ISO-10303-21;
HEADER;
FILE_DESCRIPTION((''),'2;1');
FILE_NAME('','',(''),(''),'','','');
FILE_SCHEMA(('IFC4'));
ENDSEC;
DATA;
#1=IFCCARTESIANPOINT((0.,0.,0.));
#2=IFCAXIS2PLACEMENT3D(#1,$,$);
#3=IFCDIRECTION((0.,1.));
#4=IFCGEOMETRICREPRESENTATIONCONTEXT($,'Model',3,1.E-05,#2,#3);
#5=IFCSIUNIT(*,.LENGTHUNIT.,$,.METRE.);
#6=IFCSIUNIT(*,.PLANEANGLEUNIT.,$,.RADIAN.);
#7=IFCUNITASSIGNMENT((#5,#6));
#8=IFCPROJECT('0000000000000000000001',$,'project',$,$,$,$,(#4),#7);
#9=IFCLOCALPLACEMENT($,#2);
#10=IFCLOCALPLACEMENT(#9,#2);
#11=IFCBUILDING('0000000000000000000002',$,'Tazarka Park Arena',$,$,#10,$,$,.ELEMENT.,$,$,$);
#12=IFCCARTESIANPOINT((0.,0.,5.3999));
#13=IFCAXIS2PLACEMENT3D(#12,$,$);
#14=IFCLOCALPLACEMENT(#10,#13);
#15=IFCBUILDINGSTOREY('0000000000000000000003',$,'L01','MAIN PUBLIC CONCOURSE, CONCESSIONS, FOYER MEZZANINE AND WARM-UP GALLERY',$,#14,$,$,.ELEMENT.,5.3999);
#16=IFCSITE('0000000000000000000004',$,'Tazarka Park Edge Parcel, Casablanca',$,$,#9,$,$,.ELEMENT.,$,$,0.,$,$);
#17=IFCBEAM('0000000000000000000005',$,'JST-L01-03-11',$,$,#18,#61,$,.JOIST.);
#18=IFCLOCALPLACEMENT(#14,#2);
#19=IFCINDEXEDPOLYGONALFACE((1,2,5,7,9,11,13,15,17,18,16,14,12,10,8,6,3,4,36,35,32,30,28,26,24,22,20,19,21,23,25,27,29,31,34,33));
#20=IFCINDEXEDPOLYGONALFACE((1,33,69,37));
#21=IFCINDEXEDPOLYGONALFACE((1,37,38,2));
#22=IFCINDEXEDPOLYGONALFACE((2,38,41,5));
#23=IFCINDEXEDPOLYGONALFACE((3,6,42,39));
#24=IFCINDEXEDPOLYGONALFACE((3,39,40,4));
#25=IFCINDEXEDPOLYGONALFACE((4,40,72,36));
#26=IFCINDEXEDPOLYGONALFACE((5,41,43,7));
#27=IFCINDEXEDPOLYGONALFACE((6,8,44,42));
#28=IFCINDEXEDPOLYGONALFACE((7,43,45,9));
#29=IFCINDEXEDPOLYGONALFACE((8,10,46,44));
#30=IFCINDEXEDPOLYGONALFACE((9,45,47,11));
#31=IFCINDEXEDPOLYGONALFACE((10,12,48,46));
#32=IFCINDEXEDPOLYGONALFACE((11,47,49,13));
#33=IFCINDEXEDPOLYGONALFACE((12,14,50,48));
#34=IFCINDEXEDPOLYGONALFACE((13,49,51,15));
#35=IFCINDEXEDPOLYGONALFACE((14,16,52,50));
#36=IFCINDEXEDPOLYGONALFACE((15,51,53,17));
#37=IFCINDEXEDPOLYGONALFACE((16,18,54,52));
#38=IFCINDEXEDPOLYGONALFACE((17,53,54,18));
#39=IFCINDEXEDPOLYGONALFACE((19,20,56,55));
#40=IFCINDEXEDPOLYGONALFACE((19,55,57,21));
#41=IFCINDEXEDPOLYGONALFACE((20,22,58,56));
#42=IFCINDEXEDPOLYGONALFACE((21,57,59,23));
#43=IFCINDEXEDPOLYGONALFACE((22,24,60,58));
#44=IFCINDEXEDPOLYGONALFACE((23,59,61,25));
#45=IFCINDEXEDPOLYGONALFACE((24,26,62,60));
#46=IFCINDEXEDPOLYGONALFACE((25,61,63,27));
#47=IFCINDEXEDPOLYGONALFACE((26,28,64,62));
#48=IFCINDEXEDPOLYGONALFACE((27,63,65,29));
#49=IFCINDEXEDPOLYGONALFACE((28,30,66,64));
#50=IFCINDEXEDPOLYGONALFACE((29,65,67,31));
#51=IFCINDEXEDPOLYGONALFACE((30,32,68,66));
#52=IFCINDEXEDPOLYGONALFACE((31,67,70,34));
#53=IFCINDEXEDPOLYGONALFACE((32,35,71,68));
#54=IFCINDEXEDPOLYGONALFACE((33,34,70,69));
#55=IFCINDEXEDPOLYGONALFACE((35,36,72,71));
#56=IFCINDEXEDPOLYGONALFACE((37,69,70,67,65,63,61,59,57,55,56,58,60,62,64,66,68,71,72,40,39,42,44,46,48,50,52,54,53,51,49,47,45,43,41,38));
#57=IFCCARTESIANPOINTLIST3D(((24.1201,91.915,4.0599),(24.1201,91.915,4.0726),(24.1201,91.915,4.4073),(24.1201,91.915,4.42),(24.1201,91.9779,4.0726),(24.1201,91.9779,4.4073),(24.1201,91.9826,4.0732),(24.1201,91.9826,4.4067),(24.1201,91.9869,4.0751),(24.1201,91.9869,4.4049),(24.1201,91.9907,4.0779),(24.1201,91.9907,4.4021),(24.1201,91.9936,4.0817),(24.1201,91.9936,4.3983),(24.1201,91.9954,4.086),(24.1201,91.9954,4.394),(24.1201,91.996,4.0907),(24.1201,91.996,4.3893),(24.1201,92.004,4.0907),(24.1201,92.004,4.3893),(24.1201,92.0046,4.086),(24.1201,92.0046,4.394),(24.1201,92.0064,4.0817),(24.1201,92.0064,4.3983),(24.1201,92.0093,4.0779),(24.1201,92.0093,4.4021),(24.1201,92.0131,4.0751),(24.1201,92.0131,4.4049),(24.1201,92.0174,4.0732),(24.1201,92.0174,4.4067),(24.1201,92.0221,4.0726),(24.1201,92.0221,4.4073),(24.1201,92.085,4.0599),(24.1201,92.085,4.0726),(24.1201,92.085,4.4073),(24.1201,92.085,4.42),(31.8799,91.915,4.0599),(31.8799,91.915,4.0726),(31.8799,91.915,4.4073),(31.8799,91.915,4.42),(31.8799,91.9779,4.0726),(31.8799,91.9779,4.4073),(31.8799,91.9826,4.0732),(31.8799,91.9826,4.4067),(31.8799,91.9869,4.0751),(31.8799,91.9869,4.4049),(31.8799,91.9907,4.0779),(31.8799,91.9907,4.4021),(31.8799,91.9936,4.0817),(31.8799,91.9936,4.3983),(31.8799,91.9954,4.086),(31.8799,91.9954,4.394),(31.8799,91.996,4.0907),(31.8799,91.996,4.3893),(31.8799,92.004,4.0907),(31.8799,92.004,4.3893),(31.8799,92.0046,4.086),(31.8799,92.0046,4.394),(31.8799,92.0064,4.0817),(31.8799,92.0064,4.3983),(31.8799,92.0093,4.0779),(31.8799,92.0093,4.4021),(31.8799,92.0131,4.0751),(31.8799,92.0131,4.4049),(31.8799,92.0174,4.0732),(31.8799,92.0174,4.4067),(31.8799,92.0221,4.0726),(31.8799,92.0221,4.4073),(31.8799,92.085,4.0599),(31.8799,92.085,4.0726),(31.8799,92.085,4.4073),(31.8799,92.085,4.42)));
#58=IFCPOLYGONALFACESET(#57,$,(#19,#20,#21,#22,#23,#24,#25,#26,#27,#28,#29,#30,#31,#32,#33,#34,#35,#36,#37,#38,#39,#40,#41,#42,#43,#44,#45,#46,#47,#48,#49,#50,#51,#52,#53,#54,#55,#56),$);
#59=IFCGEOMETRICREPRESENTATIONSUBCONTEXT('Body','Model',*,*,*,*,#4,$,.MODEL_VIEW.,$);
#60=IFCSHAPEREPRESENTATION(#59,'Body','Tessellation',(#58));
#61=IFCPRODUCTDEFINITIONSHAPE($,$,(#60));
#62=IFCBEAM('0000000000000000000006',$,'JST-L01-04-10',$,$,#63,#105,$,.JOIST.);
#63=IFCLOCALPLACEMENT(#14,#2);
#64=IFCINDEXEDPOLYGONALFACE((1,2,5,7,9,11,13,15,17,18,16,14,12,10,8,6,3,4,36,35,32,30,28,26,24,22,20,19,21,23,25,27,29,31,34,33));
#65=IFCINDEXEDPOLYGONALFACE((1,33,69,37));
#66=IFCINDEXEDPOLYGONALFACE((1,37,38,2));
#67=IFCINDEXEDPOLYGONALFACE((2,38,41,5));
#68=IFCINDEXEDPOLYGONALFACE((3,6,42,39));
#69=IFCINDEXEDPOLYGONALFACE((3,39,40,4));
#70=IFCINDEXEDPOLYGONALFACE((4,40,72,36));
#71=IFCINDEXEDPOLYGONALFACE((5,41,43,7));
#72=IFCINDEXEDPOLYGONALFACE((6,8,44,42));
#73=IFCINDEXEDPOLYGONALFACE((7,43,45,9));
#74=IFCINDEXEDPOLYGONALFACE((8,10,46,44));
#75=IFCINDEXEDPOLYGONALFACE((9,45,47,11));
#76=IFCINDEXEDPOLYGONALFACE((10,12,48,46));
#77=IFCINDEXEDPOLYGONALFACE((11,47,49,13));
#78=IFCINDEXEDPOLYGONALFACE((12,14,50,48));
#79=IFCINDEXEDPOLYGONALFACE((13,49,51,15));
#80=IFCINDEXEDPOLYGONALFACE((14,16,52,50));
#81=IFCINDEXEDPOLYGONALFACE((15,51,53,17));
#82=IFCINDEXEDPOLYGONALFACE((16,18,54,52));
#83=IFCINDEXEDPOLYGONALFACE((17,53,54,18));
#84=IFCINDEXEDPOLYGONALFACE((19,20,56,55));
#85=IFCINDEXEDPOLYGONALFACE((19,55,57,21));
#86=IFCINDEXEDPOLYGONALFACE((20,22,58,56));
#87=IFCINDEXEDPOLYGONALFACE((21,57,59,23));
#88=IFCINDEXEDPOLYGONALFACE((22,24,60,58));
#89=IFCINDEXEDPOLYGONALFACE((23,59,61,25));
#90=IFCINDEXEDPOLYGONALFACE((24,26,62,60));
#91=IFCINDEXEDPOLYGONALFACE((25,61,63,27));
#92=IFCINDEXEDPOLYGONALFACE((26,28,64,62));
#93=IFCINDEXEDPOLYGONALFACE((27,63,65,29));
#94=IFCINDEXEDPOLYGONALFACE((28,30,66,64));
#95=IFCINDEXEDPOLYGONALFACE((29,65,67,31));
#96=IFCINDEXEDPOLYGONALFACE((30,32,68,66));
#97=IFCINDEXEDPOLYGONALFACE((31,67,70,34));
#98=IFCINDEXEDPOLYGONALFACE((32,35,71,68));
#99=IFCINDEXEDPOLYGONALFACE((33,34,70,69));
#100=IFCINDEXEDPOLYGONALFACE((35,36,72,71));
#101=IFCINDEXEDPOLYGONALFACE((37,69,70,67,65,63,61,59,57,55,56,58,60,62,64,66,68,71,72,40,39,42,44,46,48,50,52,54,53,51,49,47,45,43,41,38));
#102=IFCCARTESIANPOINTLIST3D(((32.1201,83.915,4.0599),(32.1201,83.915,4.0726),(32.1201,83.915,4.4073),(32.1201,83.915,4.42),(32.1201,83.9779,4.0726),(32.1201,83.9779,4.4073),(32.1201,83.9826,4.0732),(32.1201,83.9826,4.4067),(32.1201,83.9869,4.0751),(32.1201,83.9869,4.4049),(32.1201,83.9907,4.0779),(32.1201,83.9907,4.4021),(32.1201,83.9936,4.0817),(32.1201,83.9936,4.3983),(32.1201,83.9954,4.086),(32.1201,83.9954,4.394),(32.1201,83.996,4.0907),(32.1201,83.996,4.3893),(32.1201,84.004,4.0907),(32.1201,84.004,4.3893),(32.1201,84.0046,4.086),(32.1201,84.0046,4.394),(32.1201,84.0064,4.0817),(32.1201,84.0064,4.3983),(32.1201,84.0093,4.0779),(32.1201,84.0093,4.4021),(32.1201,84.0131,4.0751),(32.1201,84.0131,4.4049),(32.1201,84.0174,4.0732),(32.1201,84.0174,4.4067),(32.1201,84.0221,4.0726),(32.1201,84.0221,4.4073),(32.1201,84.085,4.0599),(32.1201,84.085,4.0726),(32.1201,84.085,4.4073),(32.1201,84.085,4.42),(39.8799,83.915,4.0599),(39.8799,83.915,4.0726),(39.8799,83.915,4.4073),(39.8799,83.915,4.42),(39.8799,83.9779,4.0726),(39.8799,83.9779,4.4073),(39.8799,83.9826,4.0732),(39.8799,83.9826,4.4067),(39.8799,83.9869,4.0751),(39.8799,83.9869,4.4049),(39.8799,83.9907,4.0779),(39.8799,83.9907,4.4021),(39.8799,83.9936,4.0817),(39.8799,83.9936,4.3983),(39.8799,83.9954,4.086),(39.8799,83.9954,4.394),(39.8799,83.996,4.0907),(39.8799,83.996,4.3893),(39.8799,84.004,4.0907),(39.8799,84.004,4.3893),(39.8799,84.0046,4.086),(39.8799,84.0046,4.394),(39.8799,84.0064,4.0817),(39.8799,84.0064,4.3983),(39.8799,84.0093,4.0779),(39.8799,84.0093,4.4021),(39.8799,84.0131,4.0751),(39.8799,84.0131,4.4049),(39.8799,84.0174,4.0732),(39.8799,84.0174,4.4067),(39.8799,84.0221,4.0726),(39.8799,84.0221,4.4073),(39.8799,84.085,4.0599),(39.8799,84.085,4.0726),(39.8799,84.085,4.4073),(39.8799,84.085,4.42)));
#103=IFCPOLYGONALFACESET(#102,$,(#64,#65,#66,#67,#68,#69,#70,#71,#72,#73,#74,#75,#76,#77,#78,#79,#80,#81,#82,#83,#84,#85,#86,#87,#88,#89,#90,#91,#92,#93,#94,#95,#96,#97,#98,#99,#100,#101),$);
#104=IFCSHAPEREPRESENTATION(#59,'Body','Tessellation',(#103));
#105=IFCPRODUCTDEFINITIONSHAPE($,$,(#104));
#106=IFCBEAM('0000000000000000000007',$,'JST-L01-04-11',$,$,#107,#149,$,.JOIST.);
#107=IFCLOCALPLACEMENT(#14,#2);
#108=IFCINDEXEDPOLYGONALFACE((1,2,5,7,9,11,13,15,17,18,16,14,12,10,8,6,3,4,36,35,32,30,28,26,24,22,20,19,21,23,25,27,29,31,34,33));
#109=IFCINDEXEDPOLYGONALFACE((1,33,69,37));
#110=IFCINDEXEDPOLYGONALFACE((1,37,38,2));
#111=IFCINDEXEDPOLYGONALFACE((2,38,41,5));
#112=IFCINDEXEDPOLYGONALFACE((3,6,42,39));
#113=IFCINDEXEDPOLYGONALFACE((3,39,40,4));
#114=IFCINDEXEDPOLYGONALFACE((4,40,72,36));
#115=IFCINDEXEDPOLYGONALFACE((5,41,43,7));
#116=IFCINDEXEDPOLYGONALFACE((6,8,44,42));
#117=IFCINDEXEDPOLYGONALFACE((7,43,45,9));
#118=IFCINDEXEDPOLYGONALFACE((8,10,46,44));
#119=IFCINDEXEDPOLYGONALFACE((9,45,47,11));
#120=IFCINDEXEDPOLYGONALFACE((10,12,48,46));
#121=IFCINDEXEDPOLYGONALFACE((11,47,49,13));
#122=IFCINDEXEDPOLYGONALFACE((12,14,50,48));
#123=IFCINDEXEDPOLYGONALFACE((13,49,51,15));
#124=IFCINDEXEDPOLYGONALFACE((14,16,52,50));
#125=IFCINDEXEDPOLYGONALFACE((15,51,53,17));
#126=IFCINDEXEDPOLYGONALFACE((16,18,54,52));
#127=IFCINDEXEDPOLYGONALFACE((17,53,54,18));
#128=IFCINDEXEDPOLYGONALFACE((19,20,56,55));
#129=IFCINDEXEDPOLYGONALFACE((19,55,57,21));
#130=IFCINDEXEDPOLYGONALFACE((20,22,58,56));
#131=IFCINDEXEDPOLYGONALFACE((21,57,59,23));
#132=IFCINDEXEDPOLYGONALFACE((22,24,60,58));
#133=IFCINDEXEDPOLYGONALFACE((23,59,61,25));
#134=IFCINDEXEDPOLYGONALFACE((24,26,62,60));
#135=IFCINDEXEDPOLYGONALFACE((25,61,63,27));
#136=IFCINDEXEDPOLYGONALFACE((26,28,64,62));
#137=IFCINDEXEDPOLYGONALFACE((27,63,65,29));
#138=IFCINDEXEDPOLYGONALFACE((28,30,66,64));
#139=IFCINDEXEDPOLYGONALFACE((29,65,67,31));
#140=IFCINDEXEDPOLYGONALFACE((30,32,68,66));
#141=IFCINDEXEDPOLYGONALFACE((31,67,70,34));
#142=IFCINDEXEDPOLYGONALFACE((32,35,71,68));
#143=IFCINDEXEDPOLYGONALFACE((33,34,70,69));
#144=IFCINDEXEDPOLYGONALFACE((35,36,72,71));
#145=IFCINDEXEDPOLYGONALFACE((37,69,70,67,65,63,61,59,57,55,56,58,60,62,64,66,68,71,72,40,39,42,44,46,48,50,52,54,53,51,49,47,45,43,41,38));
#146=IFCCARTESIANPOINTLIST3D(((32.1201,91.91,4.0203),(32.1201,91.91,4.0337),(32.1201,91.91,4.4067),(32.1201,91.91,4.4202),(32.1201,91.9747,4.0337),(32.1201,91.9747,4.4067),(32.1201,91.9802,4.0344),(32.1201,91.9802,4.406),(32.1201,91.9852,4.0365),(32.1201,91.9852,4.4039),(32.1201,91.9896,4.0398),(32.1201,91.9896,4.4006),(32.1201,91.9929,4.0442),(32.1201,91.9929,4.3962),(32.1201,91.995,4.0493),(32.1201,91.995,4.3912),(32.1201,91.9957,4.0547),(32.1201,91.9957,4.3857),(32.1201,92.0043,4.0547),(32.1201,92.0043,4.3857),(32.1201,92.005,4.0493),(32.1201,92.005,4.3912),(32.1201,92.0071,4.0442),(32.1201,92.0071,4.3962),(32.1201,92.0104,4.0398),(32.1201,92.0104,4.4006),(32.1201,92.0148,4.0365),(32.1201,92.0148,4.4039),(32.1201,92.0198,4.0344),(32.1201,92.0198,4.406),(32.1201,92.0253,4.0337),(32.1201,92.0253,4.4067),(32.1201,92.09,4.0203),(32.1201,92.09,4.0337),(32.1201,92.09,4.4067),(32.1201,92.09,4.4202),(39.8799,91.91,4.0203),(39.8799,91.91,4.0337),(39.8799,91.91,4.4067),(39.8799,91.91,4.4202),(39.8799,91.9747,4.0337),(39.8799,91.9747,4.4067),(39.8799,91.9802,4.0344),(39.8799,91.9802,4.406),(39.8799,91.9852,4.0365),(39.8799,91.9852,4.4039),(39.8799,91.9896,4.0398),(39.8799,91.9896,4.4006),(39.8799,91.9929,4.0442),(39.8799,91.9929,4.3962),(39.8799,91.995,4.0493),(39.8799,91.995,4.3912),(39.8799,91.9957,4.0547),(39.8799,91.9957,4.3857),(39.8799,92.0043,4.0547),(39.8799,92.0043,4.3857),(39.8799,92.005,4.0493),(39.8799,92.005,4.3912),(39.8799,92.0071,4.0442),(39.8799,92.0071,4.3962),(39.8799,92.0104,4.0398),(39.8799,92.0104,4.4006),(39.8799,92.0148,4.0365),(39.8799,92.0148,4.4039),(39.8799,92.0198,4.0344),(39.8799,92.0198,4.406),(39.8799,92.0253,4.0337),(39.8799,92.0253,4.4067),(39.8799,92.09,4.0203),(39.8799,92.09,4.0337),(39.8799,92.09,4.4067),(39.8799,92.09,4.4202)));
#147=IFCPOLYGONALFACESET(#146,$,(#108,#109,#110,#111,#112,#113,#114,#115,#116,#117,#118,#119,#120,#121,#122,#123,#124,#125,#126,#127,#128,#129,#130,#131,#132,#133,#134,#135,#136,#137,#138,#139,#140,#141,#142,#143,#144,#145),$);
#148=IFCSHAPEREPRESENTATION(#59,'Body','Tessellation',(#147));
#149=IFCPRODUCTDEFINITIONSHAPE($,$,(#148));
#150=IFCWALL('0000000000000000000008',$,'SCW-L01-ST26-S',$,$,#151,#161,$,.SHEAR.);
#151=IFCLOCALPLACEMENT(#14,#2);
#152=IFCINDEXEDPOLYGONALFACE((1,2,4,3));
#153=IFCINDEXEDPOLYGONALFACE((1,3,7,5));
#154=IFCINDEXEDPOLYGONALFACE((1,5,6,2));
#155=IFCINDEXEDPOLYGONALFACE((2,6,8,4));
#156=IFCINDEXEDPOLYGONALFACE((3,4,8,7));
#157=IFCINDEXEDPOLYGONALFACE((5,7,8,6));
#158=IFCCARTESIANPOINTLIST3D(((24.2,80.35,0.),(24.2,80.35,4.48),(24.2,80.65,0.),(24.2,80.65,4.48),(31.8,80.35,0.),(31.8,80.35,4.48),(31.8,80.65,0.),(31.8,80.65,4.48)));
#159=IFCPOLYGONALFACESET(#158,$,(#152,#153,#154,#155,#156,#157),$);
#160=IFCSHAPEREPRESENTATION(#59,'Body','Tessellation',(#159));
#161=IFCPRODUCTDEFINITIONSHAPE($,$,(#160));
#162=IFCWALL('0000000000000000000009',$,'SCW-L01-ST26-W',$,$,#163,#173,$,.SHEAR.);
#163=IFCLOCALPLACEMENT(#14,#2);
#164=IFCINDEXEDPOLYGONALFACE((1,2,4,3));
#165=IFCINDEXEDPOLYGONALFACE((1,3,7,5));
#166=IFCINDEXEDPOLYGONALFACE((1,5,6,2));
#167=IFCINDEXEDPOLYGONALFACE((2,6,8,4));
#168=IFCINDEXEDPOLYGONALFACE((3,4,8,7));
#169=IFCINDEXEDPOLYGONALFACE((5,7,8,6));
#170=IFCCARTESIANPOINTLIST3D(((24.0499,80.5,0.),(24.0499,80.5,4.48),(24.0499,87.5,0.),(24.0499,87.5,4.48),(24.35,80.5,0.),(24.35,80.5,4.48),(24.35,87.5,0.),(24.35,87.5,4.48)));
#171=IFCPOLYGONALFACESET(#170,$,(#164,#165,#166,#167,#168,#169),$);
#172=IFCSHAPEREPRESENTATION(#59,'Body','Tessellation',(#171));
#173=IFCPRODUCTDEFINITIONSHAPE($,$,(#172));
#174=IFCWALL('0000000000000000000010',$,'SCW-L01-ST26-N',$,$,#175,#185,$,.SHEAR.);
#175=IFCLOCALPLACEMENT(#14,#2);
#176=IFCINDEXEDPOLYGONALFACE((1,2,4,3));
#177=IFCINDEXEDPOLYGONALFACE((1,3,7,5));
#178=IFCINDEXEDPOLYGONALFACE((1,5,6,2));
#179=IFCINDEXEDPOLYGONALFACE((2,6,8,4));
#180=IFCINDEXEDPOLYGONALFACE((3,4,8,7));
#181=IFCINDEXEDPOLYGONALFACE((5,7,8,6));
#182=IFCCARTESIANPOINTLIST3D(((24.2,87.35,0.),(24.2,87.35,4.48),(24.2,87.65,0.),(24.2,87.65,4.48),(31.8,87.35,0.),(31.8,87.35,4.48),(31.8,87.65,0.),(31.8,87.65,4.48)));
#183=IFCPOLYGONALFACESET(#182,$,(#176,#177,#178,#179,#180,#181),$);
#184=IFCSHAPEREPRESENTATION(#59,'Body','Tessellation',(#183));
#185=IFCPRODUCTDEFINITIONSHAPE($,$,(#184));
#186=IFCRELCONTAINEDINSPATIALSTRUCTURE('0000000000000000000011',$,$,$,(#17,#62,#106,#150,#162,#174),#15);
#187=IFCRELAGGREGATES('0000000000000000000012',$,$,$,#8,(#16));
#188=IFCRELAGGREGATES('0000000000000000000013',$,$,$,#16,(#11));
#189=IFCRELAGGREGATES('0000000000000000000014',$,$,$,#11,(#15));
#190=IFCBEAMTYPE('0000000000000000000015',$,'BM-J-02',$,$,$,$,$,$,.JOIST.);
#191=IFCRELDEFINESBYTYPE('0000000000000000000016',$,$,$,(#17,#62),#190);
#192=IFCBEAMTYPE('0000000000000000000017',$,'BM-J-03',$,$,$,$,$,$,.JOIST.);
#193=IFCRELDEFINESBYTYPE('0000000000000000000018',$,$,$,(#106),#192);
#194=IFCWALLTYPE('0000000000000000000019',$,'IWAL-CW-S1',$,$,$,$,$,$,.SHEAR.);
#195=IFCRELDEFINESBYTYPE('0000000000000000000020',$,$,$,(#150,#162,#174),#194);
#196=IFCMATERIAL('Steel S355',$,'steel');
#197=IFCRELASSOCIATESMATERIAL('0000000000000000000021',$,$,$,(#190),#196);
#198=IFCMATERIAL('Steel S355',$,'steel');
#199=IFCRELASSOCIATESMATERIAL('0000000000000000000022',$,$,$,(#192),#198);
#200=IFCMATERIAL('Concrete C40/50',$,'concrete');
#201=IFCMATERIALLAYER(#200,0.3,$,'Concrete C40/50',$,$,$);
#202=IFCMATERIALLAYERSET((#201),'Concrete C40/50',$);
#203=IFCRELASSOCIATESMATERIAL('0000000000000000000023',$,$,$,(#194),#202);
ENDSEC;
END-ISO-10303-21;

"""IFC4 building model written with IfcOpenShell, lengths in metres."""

from ifc_helpers import new_model, si_unit, direction, frame, frame_2d, origin, origin_2d, place, context, subcontext, project, spatial, rectangle, i_section, extrude, material, layer, layer_set, material_profile, profile_set, type_object, element, save


model = new_model("IFC4")

# Units and contexts
model_context = context("Model", 3, precision=1e-05, world=origin(), true_north=direction((0.0, 1.0)))
body_context = subcontext(model_context, "Body", "Model", "MODEL_VIEW")
ifc_project = project(units=[si_unit("LENGTHUNIT", "METRE"), si_unit("PLANEANGLEUNIT", "RADIAN")], contexts=[model_context])

# Site, building, storey
site_placement = place(None, origin())
site = spatial("IfcSite", under=ifc_project, at=site_placement, Name="Tazarka Park Edge Parcel, Casablanca", CompositionType="ELEMENT", RefElevation=0.0)
building_placement = place(site_placement, origin())
building = spatial("IfcBuilding", under=site, at=building_placement, Name="Tazarka Park Arena", CompositionType="ELEMENT")
storey_placement = place(building_placement, frame((0.0, 0.0, 5.3999)))
storey = spatial("IfcBuildingStorey", under=building, at=storey_placement, Name="L01", Description="MAIN PUBLIC CONCOURSE, CONCESSIONS, FOYER MEZZANINE AND WARM-UP GALLERY", CompositionType="ELEMENT", Elevation=5.3999)

# Beams
ifc_material_1 = material(Name="Steel S355", Category="steel")
ifc_material_profile_1 = material_profile(ifc_material_1, i_section(OverallWidth=0.1699, OverallDepth=0.3601, WebThickness=0.0081, FlangeThickness=0.0127, FilletRadius=0.0181, at=origin_2d()), Name="Steel S355")
ifc_profile_set_1 = profile_set([ifc_material_profile_1], Name="Steel S355")
beam_type_1 = type_object("IfcBeamType", Name="BM-J-02", PredefinedType="JOIST", material=ifc_profile_set_1)
for number, where, z_axis, x_axis, name in (
    (1, (24.1201, 92.0, 4.24), (1.0, 0.0, 0.0), (0.0, 1.0, 0.0), "JST-L01-03-11"),
    (2, (32.1201, 84.0, 4.24), (1.0, 0.0, 0.0), (0.0, 1.0, 0.0), "JST-L01-04-10"),
):
    element("IfcBeam", number, at=place(storey_placement, frame(where, z_axis=z_axis, x_axis=x_axis)), inside=storey, type_object=beam_type_1, Name=name, PredefinedType="JOIST", context=body_context, shape_type="SweptSolid", body=[
        extrude(i_section(OverallWidth=0.1699, OverallDepth=0.3601, WebThickness=0.0081, FlangeThickness=0.0127, FilletRadius=0.0181, at=origin_2d()), origin(), (0.0, 0.0, 1.0), 7.7598),
    ])
ifc_material_2 = material(Name="Steel S355", Category="steel")
ifc_material_profile_2 = material_profile(ifc_material_2, i_section(OverallWidth=0.1799, OverallDepth=0.3999, WebThickness=0.0085, FlangeThickness=0.0134, FilletRadius=0.021, at=origin_2d()), Name="Steel S355")
ifc_profile_set_2 = profile_set([ifc_material_profile_2], Name="Steel S355")
beam_type_2 = type_object("IfcBeamType", Name="BM-J-03", PredefinedType="JOIST", material=ifc_profile_set_2)
beam_1_placement = place(storey_placement, frame((32.1201, 92.0, 4.2202), z_axis=(1.0, 0.0, 0.0), x_axis=(0.0, 1.0, 0.0)))
element("IfcBeam", 3, at=beam_1_placement, inside=storey, type_object=beam_type_2, Name="JST-L01-04-11", PredefinedType="JOIST", context=body_context, shape_type="SweptSolid", body=[
    extrude(i_section(OverallWidth=0.1799, OverallDepth=0.3999, WebThickness=0.0085, FlangeThickness=0.0134, FilletRadius=0.021, at=origin_2d()), origin(), (0.0, 0.0, 1.0), 7.7598),
])

# Walls
ifc_material_3 = material(Name="Concrete C40/50", Category="concrete")
ifc_layer_1 = layer(ifc_material_3, 0.3, Name="Concrete C40/50")
ifc_layer_set_1 = layer_set([ifc_layer_1], Name="Concrete C40/50")
wall_type_1 = type_object("IfcWallType", Name="IWAL-CW-S1", PredefinedType="SHEAR", material=ifc_layer_set_1)
wall_1_placement = place(storey_placement, frame((31.8, 80.5, 0.0), z_axis=(0.0, 0.0, 1.0), x_axis=(-1.0, 0.0, 0.0)))
element("IfcWall", 4, at=wall_1_placement, inside=storey, type_object=wall_type_1, Name="SCW-L01-ST26-S", PredefinedType="SHEAR", context=body_context, shape_type="SweptSolid", body=[
    extrude(rectangle(XDim=7.6001, YDim=0.3, at=frame_2d((3.8, 0.0))), origin(), (0.0, 0.0, 1.0), 4.48),
])
wall_2_placement = place(storey_placement, frame((24.2, 80.5, 0.0), z_axis=(0.0, 0.0, 1.0), x_axis=(0.0, 1.0, 0.0)))
element("IfcWall", 5, at=wall_2_placement, inside=storey, type_object=wall_type_1, Name="SCW-L01-ST26-W", PredefinedType="SHEAR", context=body_context, shape_type="SweptSolid", body=[
    extrude(rectangle(XDim=7.0, YDim=0.3, at=frame_2d((3.5, 0.0))), origin(), (0.0, 0.0, 1.0), 4.48),
])
wall_3_placement = place(storey_placement, frame((24.2, 87.5, 0.0), z_axis=(0.0, 0.0, 1.0), x_axis=(1.0, 0.0, 0.0)))
element("IfcWall", 6, at=wall_3_placement, inside=storey, type_object=wall_type_1, Name="SCW-L01-ST26-N", PredefinedType="SHEAR", context=body_context, shape_type="SweptSolid", body=[
    extrude(rectangle(XDim=7.6001, YDim=0.3, at=frame_2d((3.8, 0.0))), origin(), (0.0, 0.0, 1.0), 4.48),
])

save(model, "model.ifc")
